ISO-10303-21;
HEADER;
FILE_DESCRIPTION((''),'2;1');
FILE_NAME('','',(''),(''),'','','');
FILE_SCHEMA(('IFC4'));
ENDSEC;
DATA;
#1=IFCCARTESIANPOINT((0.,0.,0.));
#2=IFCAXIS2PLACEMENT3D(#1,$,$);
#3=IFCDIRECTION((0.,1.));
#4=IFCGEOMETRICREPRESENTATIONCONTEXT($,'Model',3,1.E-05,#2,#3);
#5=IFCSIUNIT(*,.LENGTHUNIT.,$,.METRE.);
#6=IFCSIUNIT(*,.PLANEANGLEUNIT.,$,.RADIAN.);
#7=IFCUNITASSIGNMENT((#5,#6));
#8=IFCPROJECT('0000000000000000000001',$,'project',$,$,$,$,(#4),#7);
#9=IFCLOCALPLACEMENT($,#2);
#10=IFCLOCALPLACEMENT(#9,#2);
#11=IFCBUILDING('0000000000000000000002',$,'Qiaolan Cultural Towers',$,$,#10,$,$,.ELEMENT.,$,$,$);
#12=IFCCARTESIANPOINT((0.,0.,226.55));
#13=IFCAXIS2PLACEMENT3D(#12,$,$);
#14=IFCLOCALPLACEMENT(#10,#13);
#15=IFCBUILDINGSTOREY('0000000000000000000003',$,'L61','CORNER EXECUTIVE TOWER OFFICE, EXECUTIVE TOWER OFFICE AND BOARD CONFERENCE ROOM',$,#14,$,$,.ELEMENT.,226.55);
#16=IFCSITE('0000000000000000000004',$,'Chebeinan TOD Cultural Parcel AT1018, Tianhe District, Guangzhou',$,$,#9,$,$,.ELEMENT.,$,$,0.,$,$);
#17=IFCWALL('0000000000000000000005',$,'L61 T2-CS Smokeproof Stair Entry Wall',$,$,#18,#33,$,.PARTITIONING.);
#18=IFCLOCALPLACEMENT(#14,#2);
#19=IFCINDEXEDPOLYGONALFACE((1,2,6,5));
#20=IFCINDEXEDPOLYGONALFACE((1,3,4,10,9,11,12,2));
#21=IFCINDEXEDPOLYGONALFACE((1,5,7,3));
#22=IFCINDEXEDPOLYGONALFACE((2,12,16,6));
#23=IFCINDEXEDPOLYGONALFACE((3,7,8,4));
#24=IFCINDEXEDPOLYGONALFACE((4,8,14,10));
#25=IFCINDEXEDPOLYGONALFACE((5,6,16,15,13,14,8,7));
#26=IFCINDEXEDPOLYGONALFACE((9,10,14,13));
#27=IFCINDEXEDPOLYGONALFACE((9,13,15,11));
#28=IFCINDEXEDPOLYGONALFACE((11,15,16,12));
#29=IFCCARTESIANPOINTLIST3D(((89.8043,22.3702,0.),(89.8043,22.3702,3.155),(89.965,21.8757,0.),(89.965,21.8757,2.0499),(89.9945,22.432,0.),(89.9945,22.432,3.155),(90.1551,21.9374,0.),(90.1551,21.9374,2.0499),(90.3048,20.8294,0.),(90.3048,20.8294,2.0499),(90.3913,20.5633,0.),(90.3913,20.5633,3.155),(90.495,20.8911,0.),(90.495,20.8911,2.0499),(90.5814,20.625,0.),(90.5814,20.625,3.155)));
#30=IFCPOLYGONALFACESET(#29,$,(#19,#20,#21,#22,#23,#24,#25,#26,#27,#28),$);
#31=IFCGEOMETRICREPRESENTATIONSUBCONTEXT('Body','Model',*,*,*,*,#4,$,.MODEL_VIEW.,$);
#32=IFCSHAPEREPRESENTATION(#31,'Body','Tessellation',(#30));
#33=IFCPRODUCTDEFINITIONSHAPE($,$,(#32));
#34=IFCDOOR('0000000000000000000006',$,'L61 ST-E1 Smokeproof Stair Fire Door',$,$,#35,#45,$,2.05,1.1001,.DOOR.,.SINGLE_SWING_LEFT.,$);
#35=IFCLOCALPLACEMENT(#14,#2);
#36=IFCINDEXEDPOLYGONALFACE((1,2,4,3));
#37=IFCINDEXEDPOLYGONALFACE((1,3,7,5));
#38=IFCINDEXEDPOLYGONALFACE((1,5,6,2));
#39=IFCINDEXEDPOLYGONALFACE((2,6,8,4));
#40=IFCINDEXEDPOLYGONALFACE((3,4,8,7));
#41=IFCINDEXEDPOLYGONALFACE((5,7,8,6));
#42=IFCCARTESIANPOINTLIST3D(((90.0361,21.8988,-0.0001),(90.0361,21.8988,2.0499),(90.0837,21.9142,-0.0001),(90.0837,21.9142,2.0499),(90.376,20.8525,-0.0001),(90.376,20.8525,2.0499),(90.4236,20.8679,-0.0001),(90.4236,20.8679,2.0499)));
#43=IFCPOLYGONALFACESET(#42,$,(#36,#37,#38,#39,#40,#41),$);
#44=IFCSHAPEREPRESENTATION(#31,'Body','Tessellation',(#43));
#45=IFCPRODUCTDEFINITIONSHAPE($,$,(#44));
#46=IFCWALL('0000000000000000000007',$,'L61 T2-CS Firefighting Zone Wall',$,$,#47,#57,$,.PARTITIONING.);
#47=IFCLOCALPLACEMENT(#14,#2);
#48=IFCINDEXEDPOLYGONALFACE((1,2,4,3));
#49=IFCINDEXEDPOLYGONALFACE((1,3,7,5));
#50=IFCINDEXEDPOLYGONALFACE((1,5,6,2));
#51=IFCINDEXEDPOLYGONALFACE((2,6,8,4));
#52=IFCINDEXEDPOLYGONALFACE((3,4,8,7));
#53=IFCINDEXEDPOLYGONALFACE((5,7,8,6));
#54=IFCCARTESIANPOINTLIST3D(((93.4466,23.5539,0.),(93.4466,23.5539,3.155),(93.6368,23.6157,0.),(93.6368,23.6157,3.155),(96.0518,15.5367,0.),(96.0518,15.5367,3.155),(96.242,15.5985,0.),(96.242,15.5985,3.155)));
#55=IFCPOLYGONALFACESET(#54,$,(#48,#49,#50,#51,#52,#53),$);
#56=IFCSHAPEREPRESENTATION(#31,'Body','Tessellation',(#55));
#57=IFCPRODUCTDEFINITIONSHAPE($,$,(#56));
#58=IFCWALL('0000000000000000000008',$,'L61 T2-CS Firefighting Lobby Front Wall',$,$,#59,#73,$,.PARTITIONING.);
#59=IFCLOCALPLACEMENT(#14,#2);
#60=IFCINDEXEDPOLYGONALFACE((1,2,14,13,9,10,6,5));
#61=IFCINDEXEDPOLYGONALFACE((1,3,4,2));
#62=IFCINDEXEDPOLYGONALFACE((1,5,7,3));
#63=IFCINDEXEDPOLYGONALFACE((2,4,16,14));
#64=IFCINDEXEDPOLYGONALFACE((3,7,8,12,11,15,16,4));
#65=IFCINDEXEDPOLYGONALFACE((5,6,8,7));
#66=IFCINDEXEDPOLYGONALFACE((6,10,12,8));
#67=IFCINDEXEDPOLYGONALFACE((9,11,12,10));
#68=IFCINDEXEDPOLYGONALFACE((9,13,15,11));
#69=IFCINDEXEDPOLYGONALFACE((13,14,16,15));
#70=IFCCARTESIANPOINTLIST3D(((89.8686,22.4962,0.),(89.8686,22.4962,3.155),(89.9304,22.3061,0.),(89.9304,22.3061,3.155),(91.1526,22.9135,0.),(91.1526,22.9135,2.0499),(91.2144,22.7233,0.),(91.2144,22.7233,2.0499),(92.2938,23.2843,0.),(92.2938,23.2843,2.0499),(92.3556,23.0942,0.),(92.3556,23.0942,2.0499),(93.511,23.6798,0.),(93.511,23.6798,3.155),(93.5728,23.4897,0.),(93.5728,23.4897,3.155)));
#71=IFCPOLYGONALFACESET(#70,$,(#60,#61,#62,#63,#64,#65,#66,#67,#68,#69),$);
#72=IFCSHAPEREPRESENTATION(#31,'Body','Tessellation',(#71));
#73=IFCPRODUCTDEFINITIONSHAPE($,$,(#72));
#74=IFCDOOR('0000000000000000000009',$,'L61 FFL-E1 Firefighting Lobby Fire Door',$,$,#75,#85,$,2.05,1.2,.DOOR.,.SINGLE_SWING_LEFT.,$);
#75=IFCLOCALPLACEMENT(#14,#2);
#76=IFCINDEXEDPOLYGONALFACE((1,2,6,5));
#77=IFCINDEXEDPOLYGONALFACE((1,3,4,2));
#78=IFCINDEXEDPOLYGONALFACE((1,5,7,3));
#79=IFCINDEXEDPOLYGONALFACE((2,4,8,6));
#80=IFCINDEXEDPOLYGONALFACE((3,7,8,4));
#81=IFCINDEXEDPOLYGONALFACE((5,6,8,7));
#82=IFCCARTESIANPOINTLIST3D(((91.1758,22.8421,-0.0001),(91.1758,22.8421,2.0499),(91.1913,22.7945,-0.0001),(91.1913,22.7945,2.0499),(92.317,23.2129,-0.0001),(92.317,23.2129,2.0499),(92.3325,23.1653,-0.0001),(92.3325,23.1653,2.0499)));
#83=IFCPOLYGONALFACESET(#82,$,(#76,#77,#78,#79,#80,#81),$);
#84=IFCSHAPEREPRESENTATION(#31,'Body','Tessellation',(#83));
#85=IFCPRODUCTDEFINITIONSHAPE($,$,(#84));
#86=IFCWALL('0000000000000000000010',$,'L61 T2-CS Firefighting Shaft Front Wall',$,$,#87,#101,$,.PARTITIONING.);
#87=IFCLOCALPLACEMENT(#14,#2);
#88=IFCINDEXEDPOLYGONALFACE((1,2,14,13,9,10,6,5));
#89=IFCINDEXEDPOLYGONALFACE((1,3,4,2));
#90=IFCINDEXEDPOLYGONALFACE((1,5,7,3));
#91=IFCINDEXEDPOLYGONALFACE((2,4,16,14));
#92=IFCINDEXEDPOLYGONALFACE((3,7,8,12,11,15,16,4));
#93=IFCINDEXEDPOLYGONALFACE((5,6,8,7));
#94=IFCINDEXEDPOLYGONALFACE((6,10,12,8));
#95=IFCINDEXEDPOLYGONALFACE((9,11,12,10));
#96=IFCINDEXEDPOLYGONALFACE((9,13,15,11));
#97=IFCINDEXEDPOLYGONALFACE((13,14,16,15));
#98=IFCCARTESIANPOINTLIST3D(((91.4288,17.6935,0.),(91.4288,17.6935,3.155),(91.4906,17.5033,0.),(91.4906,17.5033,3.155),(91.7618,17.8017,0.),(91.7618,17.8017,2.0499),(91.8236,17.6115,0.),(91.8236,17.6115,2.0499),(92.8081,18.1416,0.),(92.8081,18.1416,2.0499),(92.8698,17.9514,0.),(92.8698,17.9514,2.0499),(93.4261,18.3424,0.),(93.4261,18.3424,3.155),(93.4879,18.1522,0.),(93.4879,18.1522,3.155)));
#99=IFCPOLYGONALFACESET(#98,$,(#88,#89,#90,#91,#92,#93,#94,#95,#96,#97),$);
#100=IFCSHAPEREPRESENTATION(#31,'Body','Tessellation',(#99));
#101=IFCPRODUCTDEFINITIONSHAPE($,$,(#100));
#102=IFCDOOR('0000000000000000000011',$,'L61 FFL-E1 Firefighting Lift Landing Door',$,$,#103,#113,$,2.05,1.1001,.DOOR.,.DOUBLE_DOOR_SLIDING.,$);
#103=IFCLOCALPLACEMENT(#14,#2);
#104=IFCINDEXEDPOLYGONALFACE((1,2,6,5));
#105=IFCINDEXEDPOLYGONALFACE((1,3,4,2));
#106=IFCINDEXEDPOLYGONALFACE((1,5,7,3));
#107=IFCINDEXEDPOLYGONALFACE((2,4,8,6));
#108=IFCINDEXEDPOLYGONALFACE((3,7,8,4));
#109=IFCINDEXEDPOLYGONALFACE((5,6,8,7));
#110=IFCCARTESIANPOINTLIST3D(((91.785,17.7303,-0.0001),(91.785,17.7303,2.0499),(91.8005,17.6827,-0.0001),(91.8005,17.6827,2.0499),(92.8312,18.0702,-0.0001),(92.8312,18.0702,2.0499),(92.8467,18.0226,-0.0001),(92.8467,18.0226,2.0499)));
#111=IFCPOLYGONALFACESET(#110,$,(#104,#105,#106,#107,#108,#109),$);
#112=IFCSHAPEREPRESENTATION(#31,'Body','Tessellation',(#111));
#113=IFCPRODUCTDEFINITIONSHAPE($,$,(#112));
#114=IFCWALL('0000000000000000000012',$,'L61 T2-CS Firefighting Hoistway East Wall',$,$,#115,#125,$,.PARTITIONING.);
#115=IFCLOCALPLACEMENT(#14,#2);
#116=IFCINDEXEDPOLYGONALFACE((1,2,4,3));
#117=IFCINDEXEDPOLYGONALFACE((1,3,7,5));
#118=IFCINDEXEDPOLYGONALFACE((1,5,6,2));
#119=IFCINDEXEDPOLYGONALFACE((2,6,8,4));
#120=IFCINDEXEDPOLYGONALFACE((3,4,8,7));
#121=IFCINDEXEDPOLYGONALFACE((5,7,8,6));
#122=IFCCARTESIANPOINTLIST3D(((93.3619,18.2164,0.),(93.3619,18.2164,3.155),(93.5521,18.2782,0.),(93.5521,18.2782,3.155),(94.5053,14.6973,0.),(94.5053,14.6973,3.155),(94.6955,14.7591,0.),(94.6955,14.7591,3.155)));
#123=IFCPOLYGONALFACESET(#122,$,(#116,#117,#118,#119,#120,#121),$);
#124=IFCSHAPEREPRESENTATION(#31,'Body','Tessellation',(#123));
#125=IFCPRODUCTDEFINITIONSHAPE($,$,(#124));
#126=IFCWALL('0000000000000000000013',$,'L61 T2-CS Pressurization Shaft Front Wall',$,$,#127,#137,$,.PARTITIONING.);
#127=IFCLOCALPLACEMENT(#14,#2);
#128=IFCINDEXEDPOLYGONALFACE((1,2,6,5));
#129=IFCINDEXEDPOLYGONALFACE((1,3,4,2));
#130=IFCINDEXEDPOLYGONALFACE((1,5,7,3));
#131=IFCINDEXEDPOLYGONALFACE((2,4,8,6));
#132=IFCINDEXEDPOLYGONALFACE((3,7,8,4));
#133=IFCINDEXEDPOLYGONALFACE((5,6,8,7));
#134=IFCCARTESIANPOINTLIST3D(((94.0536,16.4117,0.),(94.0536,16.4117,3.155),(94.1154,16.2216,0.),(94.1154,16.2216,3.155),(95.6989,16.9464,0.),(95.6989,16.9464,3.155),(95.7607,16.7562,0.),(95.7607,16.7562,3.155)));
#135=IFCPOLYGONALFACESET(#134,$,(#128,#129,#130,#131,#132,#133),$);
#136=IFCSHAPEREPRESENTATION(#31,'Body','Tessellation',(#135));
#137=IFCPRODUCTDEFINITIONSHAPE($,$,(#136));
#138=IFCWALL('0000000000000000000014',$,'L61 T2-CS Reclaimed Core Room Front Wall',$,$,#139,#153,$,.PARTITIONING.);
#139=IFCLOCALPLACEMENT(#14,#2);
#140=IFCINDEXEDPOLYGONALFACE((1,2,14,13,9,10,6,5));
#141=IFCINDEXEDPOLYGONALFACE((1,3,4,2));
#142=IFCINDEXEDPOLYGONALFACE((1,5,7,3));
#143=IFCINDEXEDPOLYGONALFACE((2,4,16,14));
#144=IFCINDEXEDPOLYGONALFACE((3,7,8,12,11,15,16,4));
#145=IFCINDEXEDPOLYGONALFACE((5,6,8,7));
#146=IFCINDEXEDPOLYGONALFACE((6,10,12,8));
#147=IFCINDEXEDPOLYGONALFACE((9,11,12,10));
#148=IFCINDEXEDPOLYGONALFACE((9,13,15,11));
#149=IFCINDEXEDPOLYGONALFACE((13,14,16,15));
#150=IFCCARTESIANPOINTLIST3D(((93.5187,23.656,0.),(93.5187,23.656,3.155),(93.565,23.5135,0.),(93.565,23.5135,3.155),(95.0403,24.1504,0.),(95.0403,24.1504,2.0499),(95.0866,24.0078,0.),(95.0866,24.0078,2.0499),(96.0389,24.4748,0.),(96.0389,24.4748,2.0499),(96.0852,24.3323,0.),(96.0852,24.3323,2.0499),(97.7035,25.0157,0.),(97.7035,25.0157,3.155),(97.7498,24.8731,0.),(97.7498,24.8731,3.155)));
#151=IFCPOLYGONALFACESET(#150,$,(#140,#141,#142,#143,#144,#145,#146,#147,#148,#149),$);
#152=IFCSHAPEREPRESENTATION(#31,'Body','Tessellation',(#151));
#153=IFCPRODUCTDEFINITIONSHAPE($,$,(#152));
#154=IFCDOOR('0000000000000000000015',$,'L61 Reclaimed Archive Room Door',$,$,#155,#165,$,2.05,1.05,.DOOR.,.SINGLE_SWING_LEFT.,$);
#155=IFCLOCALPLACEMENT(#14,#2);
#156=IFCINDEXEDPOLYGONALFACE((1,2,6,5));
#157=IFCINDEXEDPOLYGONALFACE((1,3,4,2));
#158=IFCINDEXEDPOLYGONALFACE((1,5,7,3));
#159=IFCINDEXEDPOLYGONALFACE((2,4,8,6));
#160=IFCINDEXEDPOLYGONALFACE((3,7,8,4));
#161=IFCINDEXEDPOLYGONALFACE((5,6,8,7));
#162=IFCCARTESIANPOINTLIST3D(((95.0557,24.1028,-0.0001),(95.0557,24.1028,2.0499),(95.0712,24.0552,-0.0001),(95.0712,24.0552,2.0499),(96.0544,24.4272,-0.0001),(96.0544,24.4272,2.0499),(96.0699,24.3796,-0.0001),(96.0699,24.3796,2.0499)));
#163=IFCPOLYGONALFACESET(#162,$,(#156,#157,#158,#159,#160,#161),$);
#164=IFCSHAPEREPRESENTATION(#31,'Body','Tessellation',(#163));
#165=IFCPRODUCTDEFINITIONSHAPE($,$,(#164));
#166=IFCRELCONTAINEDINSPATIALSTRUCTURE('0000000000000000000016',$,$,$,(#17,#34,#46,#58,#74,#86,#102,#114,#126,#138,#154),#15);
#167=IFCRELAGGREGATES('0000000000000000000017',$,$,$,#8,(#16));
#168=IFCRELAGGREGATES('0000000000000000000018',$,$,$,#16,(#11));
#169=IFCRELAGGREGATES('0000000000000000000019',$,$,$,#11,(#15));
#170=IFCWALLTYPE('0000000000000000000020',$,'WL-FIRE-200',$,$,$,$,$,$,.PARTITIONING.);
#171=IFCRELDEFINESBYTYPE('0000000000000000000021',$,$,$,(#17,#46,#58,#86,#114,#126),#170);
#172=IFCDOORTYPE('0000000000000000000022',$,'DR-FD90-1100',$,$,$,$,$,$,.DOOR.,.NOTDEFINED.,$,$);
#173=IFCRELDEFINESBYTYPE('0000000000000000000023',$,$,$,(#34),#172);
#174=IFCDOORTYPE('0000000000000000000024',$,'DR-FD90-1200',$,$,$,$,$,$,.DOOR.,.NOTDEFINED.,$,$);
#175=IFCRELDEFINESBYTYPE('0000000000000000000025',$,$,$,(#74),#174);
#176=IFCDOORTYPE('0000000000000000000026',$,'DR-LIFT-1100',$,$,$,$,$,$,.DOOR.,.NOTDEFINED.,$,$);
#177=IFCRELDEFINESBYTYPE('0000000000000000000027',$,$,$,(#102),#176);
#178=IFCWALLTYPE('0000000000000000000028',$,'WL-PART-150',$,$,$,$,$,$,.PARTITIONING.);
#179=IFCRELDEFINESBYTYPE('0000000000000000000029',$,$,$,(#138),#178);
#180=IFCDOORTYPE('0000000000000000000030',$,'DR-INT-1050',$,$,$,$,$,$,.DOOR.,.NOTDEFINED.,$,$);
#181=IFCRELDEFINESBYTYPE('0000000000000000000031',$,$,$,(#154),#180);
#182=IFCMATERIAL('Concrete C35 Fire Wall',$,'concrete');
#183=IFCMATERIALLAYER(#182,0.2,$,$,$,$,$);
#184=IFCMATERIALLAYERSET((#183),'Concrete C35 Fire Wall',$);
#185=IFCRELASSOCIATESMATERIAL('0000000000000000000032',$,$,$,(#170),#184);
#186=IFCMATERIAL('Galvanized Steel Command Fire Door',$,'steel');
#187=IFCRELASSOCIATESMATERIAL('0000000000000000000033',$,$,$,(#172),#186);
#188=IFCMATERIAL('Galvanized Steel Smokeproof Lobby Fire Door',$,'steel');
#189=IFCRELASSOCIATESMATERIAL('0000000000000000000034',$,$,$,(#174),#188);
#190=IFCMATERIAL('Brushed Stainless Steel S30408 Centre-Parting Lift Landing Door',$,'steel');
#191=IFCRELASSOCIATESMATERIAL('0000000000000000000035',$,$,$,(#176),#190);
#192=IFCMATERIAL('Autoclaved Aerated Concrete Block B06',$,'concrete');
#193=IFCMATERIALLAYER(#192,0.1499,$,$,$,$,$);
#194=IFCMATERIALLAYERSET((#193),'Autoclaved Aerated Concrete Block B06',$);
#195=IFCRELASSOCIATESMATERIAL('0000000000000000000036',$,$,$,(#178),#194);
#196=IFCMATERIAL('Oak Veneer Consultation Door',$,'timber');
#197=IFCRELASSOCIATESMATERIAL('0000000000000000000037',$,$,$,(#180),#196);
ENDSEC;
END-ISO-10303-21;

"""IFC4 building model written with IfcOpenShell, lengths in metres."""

from ifc_helpers import new_model, si_unit, direction, frame, frame_2d, origin, place, context, subcontext, project, spatial, rectangle, extrude, material, layer, layer_set, type_object, element, fill, save


model = new_model("IFC4")

# Units and contexts
model_context = context("Model", 3, precision=1e-05, world=origin(), true_north=direction((0.0, 1.0)))
body_context = subcontext(model_context, "Body", "Model", "MODEL_VIEW")
ifc_project = project(units=[si_unit("LENGTHUNIT", "METRE"), si_unit("PLANEANGLEUNIT", "RADIAN")], contexts=[model_context])

# Site, building, storey
site_placement = place(None, origin())
site = spatial("IfcSite", under=ifc_project, at=site_placement, Name="Chebeinan TOD Cultural Parcel AT1018, Tianhe District, Guangzhou", CompositionType="ELEMENT", RefElevation=0.0)
building_placement = place(site_placement, origin())
building = spatial("IfcBuilding", under=site, at=building_placement, Name="Qiaolan Cultural Towers", CompositionType="ELEMENT")
storey_placement = place(building_placement, frame((0.0, 0.0, 226.55)))
storey = spatial("IfcBuildingStorey", under=building, at=storey_placement, Name="L61", Description="CORNER EXECUTIVE TOWER OFFICE, EXECUTIVE TOWER OFFICE AND BOARD CONFERENCE ROOM", CompositionType="ELEMENT", Elevation=226.55)

# Wall, opening, door
ifc_material_1 = material(Name="Concrete C35 Fire Wall", Category="concrete")
ifc_layer_1 = layer(ifc_material_1, 0.2)
ifc_layer_set_1 = layer_set([ifc_layer_1], Name="Concrete C35 Fire Wall")
wall_type_1 = type_object("IfcWallType", Name="WL-FIRE-200", PredefinedType="PARTITIONING", material=ifc_layer_set_1)
wall_1_placement = place(storey_placement, frame((89.8994, 22.4011, 0.0), z_axis=(0.0, 0.0, 1.0), x_axis=(0.308932, -0.951084, 0.0)))
wall_1 = element("IfcWall", 1, at=wall_1_placement, inside=storey, type_object=wall_type_1, Name="L61 T2-CS Smokeproof Stair Entry Wall", PredefinedType="PARTITIONING", context=body_context, shape_type="SweptSolid", body=[
    extrude(rectangle(XDim=1.8999, YDim=0.2, at=frame_2d((0.95, 0.0))), origin(), (0.0, 0.0, 1.0), 3.155),
])
opening_1_placement = place(wall_1_placement, frame((0.52, 0.0, 0.0)))
opening_1 = element("IfcOpeningElement", 2, at=opening_1_placement, cuts=wall_1, PredefinedType="OPENING", context=body_context, shape_type="SweptSolid", body=[
    extrude(rectangle(XDim=1.1001, YDim=2.05, at=frame_2d((0.55, 1.0249))), frame((0.0, 0.1099, 0.0), z_axis=(0.0, -1.0, 0.0), x_axis=(1.0, 0.0, 0.0)), (0.0, 0.0, 1.0), 0.22),
])
ifc_material_2 = material(Name="Galvanized Steel Command Fire Door", Category="steel")
door_type_1 = type_object("IfcDoorType", Name="DR-FD90-1100", OperationType="NOTDEFINED", PredefinedType="DOOR", material=ifc_material_2)
door_1_placement = place(opening_1_placement, origin())
door_1 = element("IfcDoor", 3, at=door_1_placement, inside=storey, type_object=door_type_1, Name="L61 ST-E1 Smokeproof Stair Fire Door", OperationType="SINGLE_SWING_LEFT", OverallHeight=2.05, OverallWidth=1.1001, PredefinedType="DOOR", context=body_context, shape_type="SweptSolid", body=[
    extrude(rectangle(XDim=1.1001, YDim=2.05, at=frame_2d((0.55, 1.0249))), frame((0.0, 0.0249, 0.0), z_axis=(0.0, -1.0, 0.0), x_axis=(1.0, 0.0, 0.0)), (0.0, 0.0, 1.0), 0.05),
])
fill(opening_1, door_1)

# Wall
wall_2_placement = place(storey_placement, frame((93.5417, 23.5847, 0.0), z_axis=(0.0, 0.0, 1.0), x_axis=(0.309042, -0.951048, 0.0)))
element("IfcWall", 4, at=wall_2_placement, inside=storey, type_object=wall_type_1, Name="L61 T2-CS Firefighting Zone Wall", PredefinedType="PARTITIONING", context=body_context, shape_type="SweptSolid", body=[
    extrude(rectangle(XDim=8.4299, YDim=0.2, at=frame_2d((4.2148, 0.0))), origin(), (0.0, 0.0, 1.0), 3.155),
])

# Walls, openings, doors
wall_3_placement = place(storey_placement, frame((89.8994, 22.4011, 0.0), z_axis=(0.0, 0.0, 1.0), x_axis=(0.951047, 0.309047, 0.0)))
wall_3 = element("IfcWall", 5, at=wall_3_placement, inside=storey, type_object=wall_type_1, Name="L61 T2-CS Firefighting Lobby Front Wall", PredefinedType="PARTITIONING", context=body_context, shape_type="SweptSolid", body=[
    extrude(rectangle(XDim=3.8298, YDim=0.2, at=frame_2d((1.915, 0.0))), origin(), (0.0, 0.0, 1.0), 3.155),
])
opening_2_placement = place(wall_3_placement, frame((1.3501, 0.0, 0.0)))
opening_2 = element("IfcOpeningElement", 6, at=opening_2_placement, cuts=wall_3, PredefinedType="OPENING", context=body_context, shape_type="SweptSolid", body=[
    extrude(rectangle(XDim=1.2, YDim=2.05, at=frame_2d((0.6001, 1.0249))), frame((0.0, 0.1099, 0.0), z_axis=(0.0, -1.0, 0.0), x_axis=(1.0, 0.0, 0.0)), (0.0, 0.0, 1.0), 0.22),
])
ifc_material_3 = material(Name="Galvanized Steel Smokeproof Lobby Fire Door", Category="steel")
door_type_2 = type_object("IfcDoorType", Name="DR-FD90-1200", OperationType="NOTDEFINED", PredefinedType="DOOR", material=ifc_material_3)
door_2_placement = place(opening_2_placement, origin())
door_2 = element("IfcDoor", 7, at=door_2_placement, inside=storey, type_object=door_type_2, Name="L61 FFL-E1 Firefighting Lobby Fire Door", OperationType="SINGLE_SWING_LEFT", OverallHeight=2.05, OverallWidth=1.2, PredefinedType="DOOR", context=body_context, shape_type="SweptSolid", body=[
    extrude(rectangle(XDim=1.2, YDim=2.05, at=frame_2d((0.6001, 1.0249))), frame((0.0, 0.0249, 0.0), z_axis=(0.0, -1.0, 0.0), x_axis=(1.0, 0.0, 0.0)), (0.0, 0.0, 1.0), 0.05),
])
fill(opening_2, door_2)
wall_4_placement = place(storey_placement, frame((91.4597, 17.5984, 0.0), z_axis=(0.0, 0.0, 1.0), x_axis=(0.951062, 0.308999, 0.0)))
wall_4 = element("IfcWall", 8, at=wall_4_placement, inside=storey, type_object=wall_type_1, Name="L61 T2-CS Firefighting Shaft Front Wall", PredefinedType="PARTITIONING", context=body_context, shape_type="SweptSolid", body=[
    extrude(rectangle(XDim=2.1001, YDim=0.2, at=frame_2d((1.05, 0.0))), origin(), (0.0, 0.0, 1.0), 3.155),
])
opening_3_placement = place(wall_4_placement, frame((0.3501, 0.0, 0.0)))
opening_3 = element("IfcOpeningElement", 9, at=opening_3_placement, cuts=wall_4, PredefinedType="OPENING", context=body_context, shape_type="SweptSolid", body=[
    extrude(rectangle(XDim=1.1001, YDim=2.05, at=frame_2d((0.55, 1.0249))), frame((0.0, 0.1099, 0.0), z_axis=(0.0, -1.0, 0.0), x_axis=(1.0, 0.0, 0.0)), (0.0, 0.0, 1.0), 0.22),
])
ifc_material_4 = material(Name="Brushed Stainless Steel S30408 Centre-Parting Lift Landing Door", Category="steel")
door_type_3 = type_object("IfcDoorType", Name="DR-LIFT-1100", OperationType="NOTDEFINED", PredefinedType="DOOR", material=ifc_material_4)
door_3_placement = place(opening_3_placement, origin())
door_3 = element("IfcDoor", 10, at=door_3_placement, inside=storey, type_object=door_type_3, Name="L61 FFL-E1 Firefighting Lift Landing Door", OperationType="DOUBLE_DOOR_SLIDING", OverallHeight=2.05, OverallWidth=1.1001, PredefinedType="DOOR", context=body_context, shape_type="SweptSolid", body=[
    extrude(rectangle(XDim=1.1001, YDim=2.05, at=frame_2d((0.55, 1.0249))), frame((0.0, 0.0249, 0.0), z_axis=(0.0, -1.0, 0.0), x_axis=(1.0, 0.0, 0.0)), (0.0, 0.0, 1.0), 0.05),
])
fill(opening_3, door_3)

# Walls
wall_5_placement = place(storey_placement, frame((93.457, 18.2473, 0.0), z_axis=(0.0, 0.0, 1.0), x_axis=(0.308994, -0.951064, 0.0)))
element("IfcWall", 11, at=wall_5_placement, inside=storey, type_object=wall_type_1, Name="L61 T2-CS Firefighting Hoistway East Wall", PredefinedType="PARTITIONING", context=body_context, shape_type="SweptSolid", body=[
    extrude(rectangle(XDim=3.7002, YDim=0.2, at=frame_2d((1.8501, 0.0))), origin(), (0.0, 0.0, 1.0), 3.155),
])
wall_6_placement = place(storey_placement, frame((94.0845, 16.3167, 0.0), z_axis=(0.0, 0.0, 1.0), x_axis=(0.951041, 0.309064, 0.0)))
element("IfcWall", 12, at=wall_6_placement, inside=storey, type_object=wall_type_1, Name="L61 T2-CS Pressurization Shaft Front Wall", PredefinedType="PARTITIONING", context=body_context, shape_type="SweptSolid", body=[
    extrude(rectangle(XDim=1.73, YDim=0.2, at=frame_2d((0.865, 0.0))), origin(), (0.0, 0.0, 1.0), 3.155),
])

# Wall, opening, door
ifc_material_5 = material(Name="Autoclaved Aerated Concrete Block B06", Category="concrete")
ifc_layer_2 = layer(ifc_material_5, 0.1499)
ifc_layer_set_2 = layer_set([ifc_layer_2], Name="Autoclaved Aerated Concrete Block B06")
wall_type_2 = type_object("IfcWallType", Name="WL-PART-150", PredefinedType="PARTITIONING", material=ifc_layer_set_2)
wall_7_placement = place(storey_placement, frame((93.5417, 23.5847, 0.0), z_axis=(0.0, 0.0, 1.0), x_axis=(0.951064, 0.308994, 0.0)))
wall_7 = element("IfcWall", 13, at=wall_7_placement, inside=storey, type_object=wall_type_2, Name="L61 T2-CS Reclaimed Core Room Front Wall", PredefinedType="PARTITIONING", context=body_context, shape_type="SweptSolid", body=[
    extrude(rectangle(XDim=4.4001, YDim=0.1499, at=frame_2d((2.2002, 0.0))), origin(), (0.0, 0.0, 1.0), 3.155),
])
opening_4_placement = place(wall_7_placement, frame((1.6001, 0.0, 0.0)))
opening_4 = element("IfcOpeningElement", 14, at=opening_4_placement, cuts=wall_7, PredefinedType="OPENING", context=body_context, shape_type="SweptSolid", body=[
    extrude(rectangle(XDim=1.05, YDim=2.05, at=frame_2d((0.5249, 1.0249))), frame((0.0, 0.085, 0.0), z_axis=(0.0, -1.0, 0.0), x_axis=(1.0, 0.0, 0.0)), (0.0, 0.0, 1.0), 0.1699),
])
ifc_material_6 = material(Name="Oak Veneer Consultation Door", Category="timber")
door_type_4 = type_object("IfcDoorType", Name="DR-INT-1050", OperationType="NOTDEFINED", PredefinedType="DOOR", material=ifc_material_6)
door_4_placement = place(opening_4_placement, origin())
door_4 = element("IfcDoor", 15, at=door_4_placement, inside=storey, type_object=door_type_4, Name="L61 Reclaimed Archive Room Door", OperationType="SINGLE_SWING_LEFT", OverallHeight=2.05, OverallWidth=1.05, PredefinedType="DOOR", context=body_context, shape_type="SweptSolid", body=[
    extrude(rectangle(XDim=1.05, YDim=2.05, at=frame_2d((0.5249, 1.0249))), frame((0.0, 0.0249, 0.0), z_axis=(0.0, -1.0, 0.0), x_axis=(1.0, 0.0, 0.0)), (0.0, 0.0, 1.0), 0.05),
])
fill(opening_4, door_4)

save(model, "model.ifc")
